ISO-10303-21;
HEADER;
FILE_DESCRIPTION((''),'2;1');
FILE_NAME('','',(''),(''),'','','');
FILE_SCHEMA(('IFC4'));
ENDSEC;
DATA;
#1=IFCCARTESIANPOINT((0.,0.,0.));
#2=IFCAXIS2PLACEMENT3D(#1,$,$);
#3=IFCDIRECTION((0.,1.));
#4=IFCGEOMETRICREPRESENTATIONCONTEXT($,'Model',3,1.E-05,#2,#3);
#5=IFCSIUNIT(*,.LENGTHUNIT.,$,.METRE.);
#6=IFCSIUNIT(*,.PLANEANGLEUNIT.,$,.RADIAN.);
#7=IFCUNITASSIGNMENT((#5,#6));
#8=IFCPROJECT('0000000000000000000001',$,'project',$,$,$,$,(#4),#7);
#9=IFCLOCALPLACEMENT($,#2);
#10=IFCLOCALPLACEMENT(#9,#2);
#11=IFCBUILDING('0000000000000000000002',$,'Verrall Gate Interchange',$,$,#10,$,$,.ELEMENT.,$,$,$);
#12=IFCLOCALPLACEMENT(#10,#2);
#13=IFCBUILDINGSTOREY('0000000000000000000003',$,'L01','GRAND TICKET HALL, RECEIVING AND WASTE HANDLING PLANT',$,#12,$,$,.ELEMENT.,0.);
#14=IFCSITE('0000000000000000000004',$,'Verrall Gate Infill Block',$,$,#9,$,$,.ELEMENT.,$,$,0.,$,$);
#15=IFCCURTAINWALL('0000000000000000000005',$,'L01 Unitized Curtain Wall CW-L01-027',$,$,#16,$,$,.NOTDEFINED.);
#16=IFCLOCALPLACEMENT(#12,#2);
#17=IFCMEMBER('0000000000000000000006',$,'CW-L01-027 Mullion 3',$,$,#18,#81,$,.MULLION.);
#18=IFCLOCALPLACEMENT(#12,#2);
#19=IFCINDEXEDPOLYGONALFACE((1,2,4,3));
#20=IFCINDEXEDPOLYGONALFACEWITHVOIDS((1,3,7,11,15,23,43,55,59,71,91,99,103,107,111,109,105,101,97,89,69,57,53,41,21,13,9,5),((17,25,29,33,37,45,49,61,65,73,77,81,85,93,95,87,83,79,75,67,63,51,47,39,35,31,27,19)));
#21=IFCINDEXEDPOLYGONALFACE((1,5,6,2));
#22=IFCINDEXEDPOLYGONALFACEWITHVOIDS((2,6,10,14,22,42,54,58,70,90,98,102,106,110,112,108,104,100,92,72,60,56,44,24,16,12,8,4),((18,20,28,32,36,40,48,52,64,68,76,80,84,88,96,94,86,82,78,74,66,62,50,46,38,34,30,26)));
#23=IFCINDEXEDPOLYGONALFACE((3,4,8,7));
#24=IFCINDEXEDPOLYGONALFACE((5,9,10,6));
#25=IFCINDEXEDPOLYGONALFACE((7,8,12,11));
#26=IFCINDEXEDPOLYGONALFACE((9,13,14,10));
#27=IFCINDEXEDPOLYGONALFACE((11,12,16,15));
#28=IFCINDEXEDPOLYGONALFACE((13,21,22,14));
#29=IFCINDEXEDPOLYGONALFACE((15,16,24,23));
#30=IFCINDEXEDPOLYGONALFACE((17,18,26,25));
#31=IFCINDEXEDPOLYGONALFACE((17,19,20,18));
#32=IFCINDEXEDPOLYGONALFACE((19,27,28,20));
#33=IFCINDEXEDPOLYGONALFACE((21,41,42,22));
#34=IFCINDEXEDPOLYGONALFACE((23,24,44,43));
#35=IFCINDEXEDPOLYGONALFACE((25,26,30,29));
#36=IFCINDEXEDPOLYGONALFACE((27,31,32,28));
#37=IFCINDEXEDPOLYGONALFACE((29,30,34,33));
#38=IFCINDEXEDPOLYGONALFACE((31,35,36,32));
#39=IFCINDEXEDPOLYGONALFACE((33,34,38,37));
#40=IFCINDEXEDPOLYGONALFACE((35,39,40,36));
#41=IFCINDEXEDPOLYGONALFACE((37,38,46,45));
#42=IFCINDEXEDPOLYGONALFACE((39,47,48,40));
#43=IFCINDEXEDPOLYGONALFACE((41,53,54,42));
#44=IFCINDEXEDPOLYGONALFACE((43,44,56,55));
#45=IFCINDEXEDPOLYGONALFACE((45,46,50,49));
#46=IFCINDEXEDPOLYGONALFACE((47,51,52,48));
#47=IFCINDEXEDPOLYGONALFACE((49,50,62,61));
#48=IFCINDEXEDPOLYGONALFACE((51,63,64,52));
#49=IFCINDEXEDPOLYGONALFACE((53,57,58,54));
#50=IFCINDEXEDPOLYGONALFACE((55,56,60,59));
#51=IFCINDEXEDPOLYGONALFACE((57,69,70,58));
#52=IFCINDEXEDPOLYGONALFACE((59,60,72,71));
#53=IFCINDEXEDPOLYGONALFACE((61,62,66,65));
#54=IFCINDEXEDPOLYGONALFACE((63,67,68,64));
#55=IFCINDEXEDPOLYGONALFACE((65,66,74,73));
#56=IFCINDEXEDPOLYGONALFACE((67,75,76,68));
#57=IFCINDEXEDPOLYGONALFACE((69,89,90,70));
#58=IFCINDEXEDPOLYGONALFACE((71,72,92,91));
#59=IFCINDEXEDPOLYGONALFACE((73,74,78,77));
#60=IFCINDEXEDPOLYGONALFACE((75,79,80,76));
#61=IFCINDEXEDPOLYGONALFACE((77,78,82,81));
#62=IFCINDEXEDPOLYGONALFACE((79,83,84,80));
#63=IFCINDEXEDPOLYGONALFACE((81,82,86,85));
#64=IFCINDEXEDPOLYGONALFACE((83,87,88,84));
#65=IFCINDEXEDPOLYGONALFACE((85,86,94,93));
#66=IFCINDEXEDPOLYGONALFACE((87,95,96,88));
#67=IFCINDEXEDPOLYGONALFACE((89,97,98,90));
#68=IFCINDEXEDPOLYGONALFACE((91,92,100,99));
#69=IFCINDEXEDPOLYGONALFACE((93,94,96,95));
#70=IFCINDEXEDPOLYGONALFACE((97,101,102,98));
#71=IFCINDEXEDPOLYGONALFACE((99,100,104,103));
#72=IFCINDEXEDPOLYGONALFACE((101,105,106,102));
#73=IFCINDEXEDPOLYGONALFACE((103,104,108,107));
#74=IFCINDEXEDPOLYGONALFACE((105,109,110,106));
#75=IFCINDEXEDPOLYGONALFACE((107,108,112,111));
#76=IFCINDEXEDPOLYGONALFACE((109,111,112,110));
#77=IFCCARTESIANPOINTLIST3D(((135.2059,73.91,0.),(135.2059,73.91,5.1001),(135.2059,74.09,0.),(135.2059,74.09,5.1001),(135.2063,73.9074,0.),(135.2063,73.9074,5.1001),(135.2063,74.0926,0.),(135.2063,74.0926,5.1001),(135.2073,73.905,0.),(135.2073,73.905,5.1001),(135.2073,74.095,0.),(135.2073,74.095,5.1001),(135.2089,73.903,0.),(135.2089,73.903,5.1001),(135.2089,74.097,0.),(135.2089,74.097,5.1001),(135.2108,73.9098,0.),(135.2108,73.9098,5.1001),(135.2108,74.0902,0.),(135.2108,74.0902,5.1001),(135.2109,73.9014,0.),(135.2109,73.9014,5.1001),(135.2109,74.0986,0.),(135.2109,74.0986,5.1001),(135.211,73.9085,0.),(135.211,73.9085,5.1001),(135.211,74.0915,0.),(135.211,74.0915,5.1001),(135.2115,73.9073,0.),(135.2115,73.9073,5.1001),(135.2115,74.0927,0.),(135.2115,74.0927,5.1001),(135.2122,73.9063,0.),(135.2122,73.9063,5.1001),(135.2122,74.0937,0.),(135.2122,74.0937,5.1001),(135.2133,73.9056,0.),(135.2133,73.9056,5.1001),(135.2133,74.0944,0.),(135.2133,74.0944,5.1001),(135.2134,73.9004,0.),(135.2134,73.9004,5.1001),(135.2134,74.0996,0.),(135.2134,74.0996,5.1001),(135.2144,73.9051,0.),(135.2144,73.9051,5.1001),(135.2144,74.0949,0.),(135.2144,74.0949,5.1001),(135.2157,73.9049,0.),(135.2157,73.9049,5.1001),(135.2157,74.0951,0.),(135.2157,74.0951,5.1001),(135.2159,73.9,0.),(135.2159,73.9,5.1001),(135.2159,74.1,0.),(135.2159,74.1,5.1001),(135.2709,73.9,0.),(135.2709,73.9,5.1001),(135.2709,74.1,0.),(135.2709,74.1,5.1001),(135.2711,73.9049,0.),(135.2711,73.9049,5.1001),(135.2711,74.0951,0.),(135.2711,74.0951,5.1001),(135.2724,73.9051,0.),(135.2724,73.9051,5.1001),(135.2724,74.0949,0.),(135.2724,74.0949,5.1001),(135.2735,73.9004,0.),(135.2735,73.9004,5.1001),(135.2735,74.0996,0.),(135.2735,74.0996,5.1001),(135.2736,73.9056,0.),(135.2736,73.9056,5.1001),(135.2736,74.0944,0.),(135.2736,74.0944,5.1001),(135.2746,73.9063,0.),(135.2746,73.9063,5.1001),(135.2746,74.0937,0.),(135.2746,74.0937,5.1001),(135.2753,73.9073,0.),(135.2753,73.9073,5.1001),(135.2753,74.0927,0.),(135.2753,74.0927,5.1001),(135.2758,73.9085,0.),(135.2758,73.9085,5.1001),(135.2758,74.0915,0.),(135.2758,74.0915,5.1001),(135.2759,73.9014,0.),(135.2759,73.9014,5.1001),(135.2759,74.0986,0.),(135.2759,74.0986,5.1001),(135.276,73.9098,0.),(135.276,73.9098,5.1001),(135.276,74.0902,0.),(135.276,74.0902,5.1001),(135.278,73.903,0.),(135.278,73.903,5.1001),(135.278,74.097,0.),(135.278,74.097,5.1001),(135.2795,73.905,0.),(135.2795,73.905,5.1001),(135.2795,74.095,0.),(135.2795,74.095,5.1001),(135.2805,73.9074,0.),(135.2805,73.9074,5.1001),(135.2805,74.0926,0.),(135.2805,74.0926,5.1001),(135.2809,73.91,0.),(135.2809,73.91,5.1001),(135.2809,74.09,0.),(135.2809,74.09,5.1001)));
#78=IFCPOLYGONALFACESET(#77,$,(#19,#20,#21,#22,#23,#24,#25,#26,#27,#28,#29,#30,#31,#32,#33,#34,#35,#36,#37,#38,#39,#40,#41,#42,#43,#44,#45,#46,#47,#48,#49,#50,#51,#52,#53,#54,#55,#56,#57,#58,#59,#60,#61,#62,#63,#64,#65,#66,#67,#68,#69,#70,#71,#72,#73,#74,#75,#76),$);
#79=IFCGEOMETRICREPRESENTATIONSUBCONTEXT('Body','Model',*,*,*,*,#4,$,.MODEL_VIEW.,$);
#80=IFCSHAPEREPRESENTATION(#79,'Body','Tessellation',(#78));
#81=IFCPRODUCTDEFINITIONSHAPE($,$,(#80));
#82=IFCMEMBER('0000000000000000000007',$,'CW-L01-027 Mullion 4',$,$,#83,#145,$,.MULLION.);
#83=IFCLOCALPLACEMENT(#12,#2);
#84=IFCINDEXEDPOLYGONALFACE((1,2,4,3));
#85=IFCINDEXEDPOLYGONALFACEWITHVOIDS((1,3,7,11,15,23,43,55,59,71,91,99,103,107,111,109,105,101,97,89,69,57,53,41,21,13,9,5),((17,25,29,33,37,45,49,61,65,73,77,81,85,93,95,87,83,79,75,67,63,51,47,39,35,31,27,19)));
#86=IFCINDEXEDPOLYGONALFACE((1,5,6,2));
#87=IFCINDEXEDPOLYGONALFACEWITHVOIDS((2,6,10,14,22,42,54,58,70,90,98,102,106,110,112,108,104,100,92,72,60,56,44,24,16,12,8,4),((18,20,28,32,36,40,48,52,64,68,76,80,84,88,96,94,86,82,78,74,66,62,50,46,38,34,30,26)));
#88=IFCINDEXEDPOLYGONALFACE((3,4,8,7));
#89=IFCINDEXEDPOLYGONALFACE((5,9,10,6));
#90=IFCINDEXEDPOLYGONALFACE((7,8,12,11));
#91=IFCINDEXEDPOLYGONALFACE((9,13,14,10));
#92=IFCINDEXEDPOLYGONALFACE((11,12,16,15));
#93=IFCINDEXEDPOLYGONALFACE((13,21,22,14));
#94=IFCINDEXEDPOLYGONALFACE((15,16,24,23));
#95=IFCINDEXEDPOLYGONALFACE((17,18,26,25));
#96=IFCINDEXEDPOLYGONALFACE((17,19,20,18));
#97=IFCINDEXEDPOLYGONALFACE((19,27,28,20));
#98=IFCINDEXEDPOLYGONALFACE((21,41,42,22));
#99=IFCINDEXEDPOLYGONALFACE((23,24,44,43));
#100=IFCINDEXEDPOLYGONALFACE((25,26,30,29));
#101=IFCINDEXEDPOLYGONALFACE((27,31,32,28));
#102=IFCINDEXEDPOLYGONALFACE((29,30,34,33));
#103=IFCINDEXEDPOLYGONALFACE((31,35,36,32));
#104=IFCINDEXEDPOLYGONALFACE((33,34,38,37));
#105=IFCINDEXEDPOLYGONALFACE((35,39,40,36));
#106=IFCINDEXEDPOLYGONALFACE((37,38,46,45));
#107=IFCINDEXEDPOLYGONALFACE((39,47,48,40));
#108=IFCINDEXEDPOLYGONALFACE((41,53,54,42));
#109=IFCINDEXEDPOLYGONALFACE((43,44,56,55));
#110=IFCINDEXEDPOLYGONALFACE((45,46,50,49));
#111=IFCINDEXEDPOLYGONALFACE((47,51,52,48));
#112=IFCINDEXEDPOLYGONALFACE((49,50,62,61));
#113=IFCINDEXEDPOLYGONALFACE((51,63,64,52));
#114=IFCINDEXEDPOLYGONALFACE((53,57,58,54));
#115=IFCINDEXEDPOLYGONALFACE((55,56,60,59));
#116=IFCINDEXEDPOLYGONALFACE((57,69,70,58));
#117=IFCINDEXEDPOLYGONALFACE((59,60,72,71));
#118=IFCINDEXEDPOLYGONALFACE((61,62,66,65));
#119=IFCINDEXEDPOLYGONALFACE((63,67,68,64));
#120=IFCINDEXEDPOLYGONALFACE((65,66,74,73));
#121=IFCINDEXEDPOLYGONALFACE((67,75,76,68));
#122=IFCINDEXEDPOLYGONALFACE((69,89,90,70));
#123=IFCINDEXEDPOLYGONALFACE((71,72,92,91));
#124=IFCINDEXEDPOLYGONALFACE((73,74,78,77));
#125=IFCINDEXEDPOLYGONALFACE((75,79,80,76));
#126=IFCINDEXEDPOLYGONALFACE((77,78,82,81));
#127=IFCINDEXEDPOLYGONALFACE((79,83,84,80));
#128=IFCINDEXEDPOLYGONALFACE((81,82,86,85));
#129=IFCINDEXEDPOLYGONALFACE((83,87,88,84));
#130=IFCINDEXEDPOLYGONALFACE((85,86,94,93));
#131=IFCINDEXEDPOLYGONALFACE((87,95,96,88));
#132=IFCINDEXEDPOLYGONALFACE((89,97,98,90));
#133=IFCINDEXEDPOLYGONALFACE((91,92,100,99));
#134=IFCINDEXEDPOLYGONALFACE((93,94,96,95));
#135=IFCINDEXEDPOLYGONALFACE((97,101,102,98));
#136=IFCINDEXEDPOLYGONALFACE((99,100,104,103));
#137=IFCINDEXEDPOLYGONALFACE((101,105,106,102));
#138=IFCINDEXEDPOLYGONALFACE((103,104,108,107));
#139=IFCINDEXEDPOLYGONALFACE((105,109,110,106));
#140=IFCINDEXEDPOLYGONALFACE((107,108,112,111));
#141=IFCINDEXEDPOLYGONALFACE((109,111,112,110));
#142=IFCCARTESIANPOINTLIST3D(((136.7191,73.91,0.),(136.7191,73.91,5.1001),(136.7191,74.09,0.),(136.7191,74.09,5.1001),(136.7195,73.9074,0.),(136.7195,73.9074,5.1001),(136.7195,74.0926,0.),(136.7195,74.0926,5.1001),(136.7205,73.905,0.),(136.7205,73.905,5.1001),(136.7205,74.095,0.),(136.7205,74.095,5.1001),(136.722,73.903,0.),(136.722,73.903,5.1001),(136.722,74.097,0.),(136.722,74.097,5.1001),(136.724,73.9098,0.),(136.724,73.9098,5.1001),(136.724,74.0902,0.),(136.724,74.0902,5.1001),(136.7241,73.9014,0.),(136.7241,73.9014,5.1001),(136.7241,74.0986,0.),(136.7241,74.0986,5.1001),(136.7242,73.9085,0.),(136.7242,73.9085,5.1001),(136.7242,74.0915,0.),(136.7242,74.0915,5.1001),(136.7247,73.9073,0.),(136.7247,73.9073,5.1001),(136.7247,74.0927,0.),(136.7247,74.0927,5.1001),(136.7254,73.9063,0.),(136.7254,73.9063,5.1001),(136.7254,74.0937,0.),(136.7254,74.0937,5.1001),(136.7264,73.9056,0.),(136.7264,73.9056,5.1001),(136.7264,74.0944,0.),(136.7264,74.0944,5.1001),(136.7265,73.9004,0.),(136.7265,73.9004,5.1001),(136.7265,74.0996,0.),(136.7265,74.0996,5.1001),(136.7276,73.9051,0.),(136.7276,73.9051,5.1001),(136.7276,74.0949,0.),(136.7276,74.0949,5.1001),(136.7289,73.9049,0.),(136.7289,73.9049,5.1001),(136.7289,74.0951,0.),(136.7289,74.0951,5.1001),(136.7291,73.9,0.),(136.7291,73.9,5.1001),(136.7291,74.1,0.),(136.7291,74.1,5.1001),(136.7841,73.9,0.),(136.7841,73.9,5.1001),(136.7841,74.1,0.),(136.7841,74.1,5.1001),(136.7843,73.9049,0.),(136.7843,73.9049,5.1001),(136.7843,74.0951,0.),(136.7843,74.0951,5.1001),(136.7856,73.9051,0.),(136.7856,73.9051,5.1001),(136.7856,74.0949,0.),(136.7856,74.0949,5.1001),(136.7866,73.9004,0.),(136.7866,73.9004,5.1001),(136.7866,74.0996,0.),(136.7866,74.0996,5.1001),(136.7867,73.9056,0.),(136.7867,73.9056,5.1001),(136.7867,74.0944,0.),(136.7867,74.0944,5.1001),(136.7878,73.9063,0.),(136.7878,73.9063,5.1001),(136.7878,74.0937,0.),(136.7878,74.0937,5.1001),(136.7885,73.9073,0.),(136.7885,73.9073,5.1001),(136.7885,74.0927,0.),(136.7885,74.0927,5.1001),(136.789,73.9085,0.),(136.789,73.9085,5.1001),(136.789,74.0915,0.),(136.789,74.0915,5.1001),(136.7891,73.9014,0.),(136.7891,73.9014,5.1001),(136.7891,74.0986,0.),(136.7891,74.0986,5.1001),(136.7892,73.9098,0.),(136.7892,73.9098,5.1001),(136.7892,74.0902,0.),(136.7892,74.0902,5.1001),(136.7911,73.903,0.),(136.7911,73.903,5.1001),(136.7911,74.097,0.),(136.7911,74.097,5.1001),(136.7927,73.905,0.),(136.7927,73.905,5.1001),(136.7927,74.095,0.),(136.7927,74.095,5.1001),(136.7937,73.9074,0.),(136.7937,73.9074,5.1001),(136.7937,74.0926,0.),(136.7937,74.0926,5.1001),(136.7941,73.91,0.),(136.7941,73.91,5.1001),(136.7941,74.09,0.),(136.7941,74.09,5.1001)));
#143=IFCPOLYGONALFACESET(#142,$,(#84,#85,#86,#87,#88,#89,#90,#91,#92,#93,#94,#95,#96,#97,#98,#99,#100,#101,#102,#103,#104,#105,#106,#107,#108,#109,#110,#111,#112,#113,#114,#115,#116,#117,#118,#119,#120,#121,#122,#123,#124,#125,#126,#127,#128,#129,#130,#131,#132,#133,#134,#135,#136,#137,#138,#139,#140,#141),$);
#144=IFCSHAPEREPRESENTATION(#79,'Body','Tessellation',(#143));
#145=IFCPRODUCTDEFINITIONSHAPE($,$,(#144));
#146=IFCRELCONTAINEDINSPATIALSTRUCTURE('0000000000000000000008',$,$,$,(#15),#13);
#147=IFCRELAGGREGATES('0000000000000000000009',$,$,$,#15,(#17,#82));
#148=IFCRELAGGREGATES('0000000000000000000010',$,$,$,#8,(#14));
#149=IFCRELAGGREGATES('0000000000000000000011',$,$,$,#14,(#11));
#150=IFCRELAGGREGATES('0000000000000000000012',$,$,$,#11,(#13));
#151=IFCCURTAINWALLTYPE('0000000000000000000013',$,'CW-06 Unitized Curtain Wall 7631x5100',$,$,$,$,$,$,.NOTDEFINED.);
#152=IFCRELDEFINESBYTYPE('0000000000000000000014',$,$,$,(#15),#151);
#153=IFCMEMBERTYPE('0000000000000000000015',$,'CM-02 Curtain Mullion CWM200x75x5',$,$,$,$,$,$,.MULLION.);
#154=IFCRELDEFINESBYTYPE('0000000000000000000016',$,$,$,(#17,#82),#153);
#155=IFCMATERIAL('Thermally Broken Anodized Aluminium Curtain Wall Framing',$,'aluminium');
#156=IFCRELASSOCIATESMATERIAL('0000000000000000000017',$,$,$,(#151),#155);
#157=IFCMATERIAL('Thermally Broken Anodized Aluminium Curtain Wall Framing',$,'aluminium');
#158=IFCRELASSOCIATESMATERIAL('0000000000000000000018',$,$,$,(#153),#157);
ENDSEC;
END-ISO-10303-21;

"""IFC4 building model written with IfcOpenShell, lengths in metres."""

from ifc_helpers import new_model, si_unit, direction, frame, origin, origin_2d, place, context, subcontext, project, spatial, hollow_rectangle, extrude, material, material_profile, profile_set, type_object, element, aggregate, save


model = new_model("IFC4")

# Units and contexts
model_context = context("Model", 3, precision=1e-05, world=origin(), true_north=direction((0.0, 1.0)))
body_context = subcontext(model_context, "Body", "Model", "MODEL_VIEW")
ifc_project = project(units=[si_unit("LENGTHUNIT", "METRE"), si_unit("PLANEANGLEUNIT", "RADIAN")], contexts=[model_context])

# Site, building, storey
site_placement = place(None, origin())
site = spatial("IfcSite", under=ifc_project, at=site_placement, Name="Verrall Gate Infill Block", CompositionType="ELEMENT", RefElevation=0.0)
building_placement = place(site_placement, origin())
building = spatial("IfcBuilding", under=site, at=building_placement, Name="Verrall Gate Interchange", CompositionType="ELEMENT")
storey_placement = place(building_placement, origin())
storey = spatial("IfcBuildingStorey", under=building, at=storey_placement, Name="L01", Description="GRAND TICKET HALL, RECEIVING AND WASTE HANDLING PLANT", CompositionType="ELEMENT", Elevation=0.0)

# Curtain wall, members
ifc_material_1 = material(Name="Thermally Broken Anodized Aluminium Curtain Wall Framing", Category="aluminium")
curtain_wall_type = type_object("IfcCurtainWallType", Name="CW-06 Unitized Curtain Wall 7631x5100", PredefinedType="NOTDEFINED", material=ifc_material_1)
curtain_wall_placement = place(storey_placement, origin())
curtain_wall = element("IfcCurtainWall", 1, at=curtain_wall_placement, inside=storey, type_object=curtain_wall_type, Name="L01 Unitized Curtain Wall CW-L01-027", PredefinedType="NOTDEFINED")
ifc_material_2 = material(Name="Thermally Broken Anodized Aluminium Curtain Wall Framing", Category="aluminium")
ifc_material_profile_1 = material_profile(ifc_material_2, hollow_rectangle(XDim=0.075, YDim=0.2, WallThickness=0.0049, InnerFilletRadius=0.0049, OuterFilletRadius=0.01, at=origin_2d()), Name="CWM200x75x5")
ifc_profile_set_1 = profile_set([ifc_material_profile_1], Name="Thermally Broken Anodized Aluminium Curtain Wall Framing")
member_type_1 = type_object("IfcMemberType", Name="CM-02 Curtain Mullion CWM200x75x5", PredefinedType="MULLION", material=ifc_profile_set_1)
member_1_placement = place(storey_placement, frame((135.2434, 74.0, 0.0), z_axis=(0.0, 0.0, 1.0), x_axis=(1.0, 0.0, 0.0)))
member_1 = element("IfcMember", 2, at=member_1_placement, type_object=member_type_1, Name="CW-L01-027 Mullion 3", PredefinedType="MULLION", context=body_context, shape_type="SweptSolid", body=[
    extrude(hollow_rectangle(XDim=0.075, YDim=0.2, WallThickness=0.0049, InnerFilletRadius=0.0049, OuterFilletRadius=0.01, at=origin_2d()), origin(), (0.0, 0.0, 1.0), 5.1001),
])
member_2_placement = place(storey_placement, frame((136.7566, 74.0, 0.0), z_axis=(0.0, 0.0, 1.0), x_axis=(1.0, 0.0, 0.0)))
member_2 = element("IfcMember", 3, at=member_2_placement, type_object=member_type_1, Name="CW-L01-027 Mullion 4", PredefinedType="MULLION", context=body_context, shape_type="SweptSolid", body=[
    extrude(hollow_rectangle(XDim=0.075, YDim=0.2, WallThickness=0.0049, InnerFilletRadius=0.0049, OuterFilletRadius=0.01, at=origin_2d()), origin(), (0.0, 0.0, 1.0), 5.1001),
])
aggregate(curtain_wall, [member_1, member_2])

save(model, "model.ifc")
